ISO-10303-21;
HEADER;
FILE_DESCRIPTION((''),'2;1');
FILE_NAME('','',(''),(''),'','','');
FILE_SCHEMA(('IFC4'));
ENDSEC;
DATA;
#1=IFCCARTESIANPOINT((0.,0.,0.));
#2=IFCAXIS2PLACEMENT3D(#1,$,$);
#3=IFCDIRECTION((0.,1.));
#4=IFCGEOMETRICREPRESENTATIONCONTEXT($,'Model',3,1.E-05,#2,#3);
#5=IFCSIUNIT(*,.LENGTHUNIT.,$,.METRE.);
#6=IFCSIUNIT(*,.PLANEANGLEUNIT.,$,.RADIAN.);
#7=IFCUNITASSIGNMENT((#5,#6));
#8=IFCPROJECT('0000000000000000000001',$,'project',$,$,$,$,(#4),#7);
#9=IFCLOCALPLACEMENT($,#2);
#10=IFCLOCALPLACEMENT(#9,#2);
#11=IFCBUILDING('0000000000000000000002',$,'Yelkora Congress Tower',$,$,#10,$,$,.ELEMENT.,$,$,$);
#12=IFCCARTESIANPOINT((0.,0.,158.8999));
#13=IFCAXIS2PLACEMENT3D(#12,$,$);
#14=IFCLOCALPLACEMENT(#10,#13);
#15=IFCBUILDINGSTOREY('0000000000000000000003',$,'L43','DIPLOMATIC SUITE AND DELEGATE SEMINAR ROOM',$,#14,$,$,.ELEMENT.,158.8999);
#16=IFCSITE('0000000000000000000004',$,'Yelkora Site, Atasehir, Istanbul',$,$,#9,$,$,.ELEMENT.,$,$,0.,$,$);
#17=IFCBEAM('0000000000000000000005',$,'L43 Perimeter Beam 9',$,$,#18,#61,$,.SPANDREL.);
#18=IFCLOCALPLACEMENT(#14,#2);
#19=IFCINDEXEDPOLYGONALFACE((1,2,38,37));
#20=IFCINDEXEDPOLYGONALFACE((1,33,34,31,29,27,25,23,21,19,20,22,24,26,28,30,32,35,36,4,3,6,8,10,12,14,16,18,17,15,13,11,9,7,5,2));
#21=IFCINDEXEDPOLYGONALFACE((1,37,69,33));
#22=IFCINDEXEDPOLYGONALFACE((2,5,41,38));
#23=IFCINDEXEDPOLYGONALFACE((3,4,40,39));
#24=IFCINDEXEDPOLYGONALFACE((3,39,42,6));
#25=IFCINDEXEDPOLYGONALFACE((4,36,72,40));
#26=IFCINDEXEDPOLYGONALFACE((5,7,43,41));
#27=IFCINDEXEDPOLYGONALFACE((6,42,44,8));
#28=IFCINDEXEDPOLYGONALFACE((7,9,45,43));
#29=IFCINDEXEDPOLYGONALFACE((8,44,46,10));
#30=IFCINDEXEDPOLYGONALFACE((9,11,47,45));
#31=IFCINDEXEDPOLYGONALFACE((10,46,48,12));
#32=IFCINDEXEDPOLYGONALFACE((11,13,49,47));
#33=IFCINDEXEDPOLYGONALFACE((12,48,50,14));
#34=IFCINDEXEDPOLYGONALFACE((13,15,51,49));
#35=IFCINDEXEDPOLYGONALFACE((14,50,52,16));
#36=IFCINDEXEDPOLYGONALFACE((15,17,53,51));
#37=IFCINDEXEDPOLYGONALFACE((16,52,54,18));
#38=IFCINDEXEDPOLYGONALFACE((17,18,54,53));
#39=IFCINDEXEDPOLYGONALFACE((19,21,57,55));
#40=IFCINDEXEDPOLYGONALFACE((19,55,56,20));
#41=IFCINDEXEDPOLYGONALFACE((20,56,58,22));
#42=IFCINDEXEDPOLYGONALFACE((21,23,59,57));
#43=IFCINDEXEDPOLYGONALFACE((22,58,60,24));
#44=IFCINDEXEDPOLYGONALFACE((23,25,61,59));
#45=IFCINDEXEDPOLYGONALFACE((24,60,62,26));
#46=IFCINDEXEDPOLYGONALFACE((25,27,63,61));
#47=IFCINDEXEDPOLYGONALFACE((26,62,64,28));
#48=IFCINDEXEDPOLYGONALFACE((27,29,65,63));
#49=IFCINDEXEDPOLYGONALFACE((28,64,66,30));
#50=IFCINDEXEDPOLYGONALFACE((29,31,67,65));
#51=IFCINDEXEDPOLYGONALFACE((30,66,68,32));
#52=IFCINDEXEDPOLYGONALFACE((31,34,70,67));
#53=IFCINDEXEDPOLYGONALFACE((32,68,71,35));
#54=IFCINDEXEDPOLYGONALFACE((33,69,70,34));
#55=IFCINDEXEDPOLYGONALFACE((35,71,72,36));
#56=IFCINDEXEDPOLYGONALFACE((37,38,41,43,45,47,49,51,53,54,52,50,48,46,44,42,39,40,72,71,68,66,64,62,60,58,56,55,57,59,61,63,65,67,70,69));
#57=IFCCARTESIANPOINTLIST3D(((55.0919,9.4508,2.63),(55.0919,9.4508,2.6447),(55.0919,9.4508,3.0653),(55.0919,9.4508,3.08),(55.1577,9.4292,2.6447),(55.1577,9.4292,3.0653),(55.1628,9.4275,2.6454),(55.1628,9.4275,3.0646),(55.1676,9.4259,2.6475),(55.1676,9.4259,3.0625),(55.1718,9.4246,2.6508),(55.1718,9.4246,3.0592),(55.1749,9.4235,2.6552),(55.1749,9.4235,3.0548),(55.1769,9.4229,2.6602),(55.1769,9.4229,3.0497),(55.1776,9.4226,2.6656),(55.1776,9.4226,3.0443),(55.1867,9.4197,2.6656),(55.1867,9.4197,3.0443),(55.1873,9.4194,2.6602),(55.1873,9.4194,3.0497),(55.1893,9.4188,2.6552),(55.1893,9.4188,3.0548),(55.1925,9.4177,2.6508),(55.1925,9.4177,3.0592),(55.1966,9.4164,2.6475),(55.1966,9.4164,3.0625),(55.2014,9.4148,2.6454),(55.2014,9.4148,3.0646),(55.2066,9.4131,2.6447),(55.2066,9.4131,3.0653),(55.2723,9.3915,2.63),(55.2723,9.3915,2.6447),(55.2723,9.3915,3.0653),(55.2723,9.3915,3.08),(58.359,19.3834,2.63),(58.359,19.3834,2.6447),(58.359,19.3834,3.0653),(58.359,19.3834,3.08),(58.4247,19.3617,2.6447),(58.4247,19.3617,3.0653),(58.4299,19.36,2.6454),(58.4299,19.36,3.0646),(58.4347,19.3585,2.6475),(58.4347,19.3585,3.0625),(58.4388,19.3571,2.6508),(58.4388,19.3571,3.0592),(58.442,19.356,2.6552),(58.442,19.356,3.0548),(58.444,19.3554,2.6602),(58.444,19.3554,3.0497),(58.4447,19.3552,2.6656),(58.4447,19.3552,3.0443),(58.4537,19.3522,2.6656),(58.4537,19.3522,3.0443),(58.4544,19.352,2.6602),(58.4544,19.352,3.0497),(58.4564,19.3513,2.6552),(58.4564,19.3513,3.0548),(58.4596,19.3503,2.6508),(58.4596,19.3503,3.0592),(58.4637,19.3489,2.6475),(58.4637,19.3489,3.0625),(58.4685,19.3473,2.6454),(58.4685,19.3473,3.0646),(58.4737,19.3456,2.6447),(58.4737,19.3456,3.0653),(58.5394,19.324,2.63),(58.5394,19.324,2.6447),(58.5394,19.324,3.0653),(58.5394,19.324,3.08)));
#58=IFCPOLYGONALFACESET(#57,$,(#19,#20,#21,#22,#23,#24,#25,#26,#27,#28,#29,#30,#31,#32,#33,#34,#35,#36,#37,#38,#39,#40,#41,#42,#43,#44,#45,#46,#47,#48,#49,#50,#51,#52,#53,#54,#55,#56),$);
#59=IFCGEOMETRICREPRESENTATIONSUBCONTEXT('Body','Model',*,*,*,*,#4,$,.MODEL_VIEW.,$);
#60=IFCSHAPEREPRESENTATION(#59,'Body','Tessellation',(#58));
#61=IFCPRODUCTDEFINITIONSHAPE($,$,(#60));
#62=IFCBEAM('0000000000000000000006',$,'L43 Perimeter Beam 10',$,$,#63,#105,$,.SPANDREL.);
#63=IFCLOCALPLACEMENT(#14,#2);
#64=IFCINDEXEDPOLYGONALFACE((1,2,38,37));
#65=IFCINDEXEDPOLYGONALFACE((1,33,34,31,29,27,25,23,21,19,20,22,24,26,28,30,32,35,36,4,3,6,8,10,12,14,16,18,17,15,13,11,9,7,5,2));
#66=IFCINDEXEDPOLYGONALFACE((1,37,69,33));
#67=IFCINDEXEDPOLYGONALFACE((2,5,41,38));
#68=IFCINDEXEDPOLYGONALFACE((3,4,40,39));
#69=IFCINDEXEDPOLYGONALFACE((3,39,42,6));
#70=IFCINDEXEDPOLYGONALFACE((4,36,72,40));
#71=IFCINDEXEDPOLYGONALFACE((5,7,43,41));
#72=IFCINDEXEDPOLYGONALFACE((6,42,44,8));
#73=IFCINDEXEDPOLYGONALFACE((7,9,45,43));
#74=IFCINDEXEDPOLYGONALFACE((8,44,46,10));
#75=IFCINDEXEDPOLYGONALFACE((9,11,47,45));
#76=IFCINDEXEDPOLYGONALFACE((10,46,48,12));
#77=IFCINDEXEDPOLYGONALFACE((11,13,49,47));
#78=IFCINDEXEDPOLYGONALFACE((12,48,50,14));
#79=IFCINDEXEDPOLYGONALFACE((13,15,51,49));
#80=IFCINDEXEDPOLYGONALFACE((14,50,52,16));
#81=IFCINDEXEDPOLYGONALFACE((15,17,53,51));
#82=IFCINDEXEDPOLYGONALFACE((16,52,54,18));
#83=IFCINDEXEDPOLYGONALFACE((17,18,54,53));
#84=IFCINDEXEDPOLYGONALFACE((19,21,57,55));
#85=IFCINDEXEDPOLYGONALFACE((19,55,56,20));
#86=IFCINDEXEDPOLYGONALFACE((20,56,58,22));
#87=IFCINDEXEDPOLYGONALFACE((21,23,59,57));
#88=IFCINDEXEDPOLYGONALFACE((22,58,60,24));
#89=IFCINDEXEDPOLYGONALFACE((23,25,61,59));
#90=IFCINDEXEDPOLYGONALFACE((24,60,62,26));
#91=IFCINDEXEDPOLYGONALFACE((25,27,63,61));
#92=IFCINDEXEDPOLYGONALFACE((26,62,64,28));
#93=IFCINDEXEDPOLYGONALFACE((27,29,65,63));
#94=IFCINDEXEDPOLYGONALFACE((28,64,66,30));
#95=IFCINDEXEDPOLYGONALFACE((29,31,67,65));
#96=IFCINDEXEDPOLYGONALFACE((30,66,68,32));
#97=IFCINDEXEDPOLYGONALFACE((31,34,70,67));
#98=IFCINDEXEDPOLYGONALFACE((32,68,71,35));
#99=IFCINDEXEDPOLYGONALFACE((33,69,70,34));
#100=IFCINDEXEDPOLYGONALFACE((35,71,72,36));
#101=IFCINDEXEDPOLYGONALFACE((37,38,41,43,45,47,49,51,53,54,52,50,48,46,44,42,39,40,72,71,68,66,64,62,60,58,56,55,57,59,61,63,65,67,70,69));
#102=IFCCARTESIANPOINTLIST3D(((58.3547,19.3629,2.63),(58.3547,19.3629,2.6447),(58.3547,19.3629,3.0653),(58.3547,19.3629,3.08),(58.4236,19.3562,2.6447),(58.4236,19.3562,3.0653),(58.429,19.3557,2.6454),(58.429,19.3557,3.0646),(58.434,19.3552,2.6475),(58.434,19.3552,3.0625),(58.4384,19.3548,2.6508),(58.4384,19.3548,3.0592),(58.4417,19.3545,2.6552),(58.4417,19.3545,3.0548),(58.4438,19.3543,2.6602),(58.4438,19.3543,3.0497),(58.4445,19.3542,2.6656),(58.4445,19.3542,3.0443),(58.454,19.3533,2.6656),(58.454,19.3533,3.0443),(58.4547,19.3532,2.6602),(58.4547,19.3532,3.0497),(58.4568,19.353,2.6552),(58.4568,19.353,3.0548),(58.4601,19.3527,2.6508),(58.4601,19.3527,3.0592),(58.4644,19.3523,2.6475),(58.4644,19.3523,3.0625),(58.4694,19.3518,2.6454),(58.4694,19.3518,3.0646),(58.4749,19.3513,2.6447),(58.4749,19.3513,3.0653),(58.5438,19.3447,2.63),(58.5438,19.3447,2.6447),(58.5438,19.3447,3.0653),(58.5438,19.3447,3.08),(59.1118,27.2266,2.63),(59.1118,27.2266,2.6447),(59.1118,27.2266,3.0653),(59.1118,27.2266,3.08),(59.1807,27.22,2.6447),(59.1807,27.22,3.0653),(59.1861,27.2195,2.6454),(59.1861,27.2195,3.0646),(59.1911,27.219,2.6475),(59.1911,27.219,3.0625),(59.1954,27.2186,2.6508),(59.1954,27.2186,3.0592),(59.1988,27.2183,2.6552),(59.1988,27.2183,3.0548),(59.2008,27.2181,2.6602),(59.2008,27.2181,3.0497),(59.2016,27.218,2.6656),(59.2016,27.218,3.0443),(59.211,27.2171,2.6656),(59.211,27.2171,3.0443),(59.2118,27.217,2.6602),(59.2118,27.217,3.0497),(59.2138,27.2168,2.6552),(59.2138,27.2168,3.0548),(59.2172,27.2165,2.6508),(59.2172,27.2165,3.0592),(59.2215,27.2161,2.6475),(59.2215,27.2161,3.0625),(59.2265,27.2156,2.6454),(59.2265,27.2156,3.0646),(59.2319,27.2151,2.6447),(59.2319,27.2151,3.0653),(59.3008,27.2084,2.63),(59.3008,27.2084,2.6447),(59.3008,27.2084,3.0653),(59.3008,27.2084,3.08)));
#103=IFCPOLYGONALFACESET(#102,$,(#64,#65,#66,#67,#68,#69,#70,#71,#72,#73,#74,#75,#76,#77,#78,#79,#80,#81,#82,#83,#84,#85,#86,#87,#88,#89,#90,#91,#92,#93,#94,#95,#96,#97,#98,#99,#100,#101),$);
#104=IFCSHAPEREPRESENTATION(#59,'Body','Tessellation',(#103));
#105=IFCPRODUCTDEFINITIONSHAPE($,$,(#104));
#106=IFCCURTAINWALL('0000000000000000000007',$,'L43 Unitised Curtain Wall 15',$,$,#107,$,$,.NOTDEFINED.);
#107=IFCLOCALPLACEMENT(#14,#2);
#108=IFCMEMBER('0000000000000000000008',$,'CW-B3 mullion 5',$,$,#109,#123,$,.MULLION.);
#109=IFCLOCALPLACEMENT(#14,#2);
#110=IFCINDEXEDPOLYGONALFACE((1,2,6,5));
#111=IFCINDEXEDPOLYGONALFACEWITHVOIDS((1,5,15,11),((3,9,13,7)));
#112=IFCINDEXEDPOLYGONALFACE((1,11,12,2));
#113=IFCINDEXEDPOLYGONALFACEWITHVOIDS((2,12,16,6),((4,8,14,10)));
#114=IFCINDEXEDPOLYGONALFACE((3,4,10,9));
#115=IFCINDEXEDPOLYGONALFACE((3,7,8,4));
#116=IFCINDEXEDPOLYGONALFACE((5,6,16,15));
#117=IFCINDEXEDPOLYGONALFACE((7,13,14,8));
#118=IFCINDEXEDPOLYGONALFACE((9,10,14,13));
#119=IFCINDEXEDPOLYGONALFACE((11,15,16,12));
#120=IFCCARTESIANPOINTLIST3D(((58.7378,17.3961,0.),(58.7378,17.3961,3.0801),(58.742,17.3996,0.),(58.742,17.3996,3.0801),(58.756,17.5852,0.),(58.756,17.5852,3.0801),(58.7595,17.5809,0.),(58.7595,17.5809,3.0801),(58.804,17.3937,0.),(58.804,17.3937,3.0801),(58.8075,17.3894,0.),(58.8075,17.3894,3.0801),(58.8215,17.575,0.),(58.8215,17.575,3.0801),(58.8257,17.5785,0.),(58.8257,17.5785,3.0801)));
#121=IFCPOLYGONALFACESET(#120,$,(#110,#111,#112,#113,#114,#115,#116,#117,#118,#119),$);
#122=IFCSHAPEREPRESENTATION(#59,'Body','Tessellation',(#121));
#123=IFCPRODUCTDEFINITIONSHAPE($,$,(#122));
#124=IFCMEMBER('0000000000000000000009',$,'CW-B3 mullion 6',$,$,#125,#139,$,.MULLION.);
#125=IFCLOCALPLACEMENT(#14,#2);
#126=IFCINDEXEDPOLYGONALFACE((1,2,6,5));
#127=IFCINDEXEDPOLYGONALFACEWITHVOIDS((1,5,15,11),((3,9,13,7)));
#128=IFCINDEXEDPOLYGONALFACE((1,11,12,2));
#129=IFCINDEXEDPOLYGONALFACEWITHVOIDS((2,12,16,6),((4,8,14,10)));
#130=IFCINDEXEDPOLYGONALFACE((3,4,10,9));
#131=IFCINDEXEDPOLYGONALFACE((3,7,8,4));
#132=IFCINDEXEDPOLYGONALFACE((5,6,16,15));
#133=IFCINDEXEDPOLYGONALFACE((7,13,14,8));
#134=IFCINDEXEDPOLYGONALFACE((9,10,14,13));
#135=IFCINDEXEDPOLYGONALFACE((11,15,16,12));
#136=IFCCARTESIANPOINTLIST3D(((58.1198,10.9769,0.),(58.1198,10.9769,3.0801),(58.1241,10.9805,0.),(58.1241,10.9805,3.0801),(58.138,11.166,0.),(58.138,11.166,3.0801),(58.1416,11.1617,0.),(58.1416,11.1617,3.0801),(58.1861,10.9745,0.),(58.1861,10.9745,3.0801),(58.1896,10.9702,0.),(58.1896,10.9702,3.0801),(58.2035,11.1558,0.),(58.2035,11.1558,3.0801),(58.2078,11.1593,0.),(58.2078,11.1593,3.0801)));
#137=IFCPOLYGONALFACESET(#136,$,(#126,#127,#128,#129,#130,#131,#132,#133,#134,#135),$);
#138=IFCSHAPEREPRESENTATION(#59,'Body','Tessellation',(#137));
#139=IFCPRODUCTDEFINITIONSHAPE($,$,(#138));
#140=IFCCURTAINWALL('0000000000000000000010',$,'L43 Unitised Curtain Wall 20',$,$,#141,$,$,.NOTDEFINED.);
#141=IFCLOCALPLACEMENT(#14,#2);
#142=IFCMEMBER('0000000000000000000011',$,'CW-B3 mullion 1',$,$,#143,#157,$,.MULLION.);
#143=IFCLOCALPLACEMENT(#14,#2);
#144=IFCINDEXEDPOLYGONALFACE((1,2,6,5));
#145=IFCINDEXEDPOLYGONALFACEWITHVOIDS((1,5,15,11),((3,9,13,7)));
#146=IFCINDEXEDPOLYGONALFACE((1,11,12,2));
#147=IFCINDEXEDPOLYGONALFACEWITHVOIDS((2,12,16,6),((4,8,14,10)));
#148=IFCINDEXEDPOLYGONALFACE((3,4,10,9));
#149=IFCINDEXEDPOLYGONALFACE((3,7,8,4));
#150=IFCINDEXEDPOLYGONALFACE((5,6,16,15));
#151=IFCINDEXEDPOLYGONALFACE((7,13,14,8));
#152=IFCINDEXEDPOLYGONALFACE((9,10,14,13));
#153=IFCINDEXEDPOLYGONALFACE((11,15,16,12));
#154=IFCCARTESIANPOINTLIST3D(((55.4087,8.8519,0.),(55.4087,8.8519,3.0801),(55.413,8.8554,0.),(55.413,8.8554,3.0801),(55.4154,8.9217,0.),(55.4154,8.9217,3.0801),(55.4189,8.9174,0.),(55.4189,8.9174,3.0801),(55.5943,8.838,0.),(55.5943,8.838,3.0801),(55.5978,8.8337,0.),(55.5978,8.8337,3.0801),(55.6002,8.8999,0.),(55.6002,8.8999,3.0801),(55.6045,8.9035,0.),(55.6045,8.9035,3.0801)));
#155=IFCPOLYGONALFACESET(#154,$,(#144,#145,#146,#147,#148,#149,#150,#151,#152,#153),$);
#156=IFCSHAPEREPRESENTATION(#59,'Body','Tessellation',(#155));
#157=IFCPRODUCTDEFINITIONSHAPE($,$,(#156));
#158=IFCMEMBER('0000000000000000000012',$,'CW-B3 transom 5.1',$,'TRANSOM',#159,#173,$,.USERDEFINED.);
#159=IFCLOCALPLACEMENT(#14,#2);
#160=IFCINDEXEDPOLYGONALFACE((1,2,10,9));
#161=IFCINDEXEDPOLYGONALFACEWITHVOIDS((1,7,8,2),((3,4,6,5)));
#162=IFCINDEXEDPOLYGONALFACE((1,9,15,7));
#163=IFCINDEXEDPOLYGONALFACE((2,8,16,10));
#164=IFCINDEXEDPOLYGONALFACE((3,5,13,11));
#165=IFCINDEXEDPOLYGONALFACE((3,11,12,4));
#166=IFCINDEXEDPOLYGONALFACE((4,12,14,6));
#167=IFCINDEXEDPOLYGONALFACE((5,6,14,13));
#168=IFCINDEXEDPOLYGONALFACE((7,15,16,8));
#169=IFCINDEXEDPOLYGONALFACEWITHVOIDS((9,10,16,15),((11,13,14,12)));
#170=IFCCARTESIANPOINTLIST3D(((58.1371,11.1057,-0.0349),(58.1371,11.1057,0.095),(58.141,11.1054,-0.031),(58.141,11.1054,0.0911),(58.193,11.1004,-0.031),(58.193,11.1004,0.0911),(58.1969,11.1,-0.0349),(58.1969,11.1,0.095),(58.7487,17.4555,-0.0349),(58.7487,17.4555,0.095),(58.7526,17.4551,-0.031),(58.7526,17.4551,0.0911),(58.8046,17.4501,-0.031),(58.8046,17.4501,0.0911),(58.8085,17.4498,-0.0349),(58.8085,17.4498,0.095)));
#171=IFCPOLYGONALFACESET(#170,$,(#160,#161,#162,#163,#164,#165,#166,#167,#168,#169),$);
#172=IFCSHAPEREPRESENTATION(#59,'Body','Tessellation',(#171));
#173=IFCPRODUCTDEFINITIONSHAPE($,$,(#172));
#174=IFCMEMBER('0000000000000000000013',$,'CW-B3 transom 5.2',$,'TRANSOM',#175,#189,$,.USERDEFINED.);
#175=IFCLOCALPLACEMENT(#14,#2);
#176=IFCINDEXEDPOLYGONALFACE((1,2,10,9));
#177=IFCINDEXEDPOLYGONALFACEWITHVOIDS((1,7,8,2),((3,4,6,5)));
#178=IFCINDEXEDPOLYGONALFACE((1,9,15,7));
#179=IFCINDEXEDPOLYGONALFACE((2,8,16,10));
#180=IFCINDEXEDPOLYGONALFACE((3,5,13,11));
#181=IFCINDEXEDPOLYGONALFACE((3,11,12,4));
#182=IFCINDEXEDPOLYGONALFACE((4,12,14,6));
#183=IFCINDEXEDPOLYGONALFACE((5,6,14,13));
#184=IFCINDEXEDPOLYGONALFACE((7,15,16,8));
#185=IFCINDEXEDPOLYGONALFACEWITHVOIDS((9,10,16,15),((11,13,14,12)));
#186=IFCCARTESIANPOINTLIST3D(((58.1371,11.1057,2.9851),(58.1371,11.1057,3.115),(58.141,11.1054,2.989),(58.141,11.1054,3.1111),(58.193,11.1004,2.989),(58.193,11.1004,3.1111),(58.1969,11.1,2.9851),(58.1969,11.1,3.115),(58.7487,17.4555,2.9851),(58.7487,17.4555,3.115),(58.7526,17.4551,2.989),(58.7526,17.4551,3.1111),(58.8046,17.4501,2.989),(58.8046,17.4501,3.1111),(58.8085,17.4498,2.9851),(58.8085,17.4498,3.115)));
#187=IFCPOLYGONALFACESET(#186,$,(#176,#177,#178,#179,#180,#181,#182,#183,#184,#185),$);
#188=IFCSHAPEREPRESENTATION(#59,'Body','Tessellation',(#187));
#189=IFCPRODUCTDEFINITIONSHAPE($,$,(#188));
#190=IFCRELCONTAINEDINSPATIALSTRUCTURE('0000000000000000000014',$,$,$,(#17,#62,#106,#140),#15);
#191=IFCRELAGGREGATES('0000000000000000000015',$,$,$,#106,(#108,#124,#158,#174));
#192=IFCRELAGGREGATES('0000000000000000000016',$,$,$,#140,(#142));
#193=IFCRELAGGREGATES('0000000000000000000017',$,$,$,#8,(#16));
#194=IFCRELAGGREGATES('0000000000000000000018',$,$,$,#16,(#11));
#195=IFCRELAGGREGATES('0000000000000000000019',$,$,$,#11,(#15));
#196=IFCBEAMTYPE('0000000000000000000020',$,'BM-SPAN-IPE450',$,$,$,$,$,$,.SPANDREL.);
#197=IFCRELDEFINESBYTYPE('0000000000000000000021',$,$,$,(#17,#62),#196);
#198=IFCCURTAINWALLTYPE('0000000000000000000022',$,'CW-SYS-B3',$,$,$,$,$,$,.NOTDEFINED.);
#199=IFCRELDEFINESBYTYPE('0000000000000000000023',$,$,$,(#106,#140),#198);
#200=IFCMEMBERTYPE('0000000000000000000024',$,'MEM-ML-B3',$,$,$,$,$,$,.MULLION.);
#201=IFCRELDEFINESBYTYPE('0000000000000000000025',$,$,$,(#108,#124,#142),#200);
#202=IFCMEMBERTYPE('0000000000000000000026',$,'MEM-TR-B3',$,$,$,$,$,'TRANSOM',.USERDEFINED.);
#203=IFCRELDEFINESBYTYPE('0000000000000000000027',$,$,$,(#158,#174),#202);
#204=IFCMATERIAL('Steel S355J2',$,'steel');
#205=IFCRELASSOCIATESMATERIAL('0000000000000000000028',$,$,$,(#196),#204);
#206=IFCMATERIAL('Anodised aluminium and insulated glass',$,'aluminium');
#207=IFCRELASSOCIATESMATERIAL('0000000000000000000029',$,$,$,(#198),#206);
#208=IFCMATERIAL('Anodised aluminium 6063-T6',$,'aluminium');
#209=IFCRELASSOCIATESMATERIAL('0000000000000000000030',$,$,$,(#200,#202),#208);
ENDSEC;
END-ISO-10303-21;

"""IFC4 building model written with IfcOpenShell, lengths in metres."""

from ifc_helpers import new_model, si_unit, direction, frame, origin, origin_2d, place, context, subcontext, project, spatial, hollow_rectangle, i_section, extrude, material, material_profile, profile_set, type_object, element, aggregate, save


model = new_model("IFC4")

# Units and contexts
model_context = context("Model", 3, precision=1e-05, world=origin(), true_north=direction((0.0, 1.0)))
body_context = subcontext(model_context, "Body", "Model", "MODEL_VIEW")
ifc_project = project(units=[si_unit("LENGTHUNIT", "METRE"), si_unit("PLANEANGLEUNIT", "RADIAN")], contexts=[model_context])

# Site, building, storey
site_placement = place(None, origin())
site = spatial("IfcSite", under=ifc_project, at=site_placement, Name="Yelkora Site, Atasehir, Istanbul", CompositionType="ELEMENT", RefElevation=0.0)
building_placement = place(site_placement, origin())
building = spatial("IfcBuilding", under=site, at=building_placement, Name="Yelkora Congress Tower", CompositionType="ELEMENT")
storey_placement = place(building_placement, frame((0.0, 0.0, 158.8999)))
storey = spatial("IfcBuildingStorey", under=building, at=storey_placement, Name="L43", Description="DIPLOMATIC SUITE AND DELEGATE SEMINAR ROOM", CompositionType="ELEMENT", Elevation=158.8999)

# Beams
ifc_material_1 = material(Name="Steel S355J2", Category="steel")
ifc_material_profile_1 = material_profile(ifc_material_1, i_section(OverallWidth=0.1899, OverallDepth=0.45, WebThickness=0.0095, FlangeThickness=0.0146, FilletRadius=0.021, at=origin_2d()), Name="IPE 450")
ifc_profile_set_1 = profile_set([ifc_material_profile_1], Name="Steel S355J2")
beam_type_1 = type_object("IfcBeamType", Name="BM-SPAN-IPE450", PredefinedType="SPANDREL", material=ifc_profile_set_1)
beam_1_placement = place(storey_placement, frame((55.1821, 9.4211, 2.855), z_axis=(0.312457, 0.949932, 0.0), x_axis=(-0.949932, 0.312457, 0.0)))
element("IfcBeam", 1, at=beam_1_placement, inside=storey, type_object=beam_type_1, Name="L43 Perimeter Beam 9", PredefinedType="SPANDREL", context=body_context, shape_type="SweptSolid", body=[
    extrude(i_section(OverallWidth=0.1899, OverallDepth=0.45, WebThickness=0.0095, FlangeThickness=0.0146, FilletRadius=0.021, at=origin_2d()), origin(), (0.0, 0.0, 1.0), 10.4561),
])
beam_2_placement = place(storey_placement, frame((58.4492, 19.3538, 2.855), z_axis=(0.095831, 0.995398, 0.0), x_axis=(-0.995398, 0.095831, 0.0)))
element("IfcBeam", 2, at=beam_2_placement, inside=storey, type_object=beam_type_1, Name="L43 Perimeter Beam 10", PredefinedType="SPANDREL", context=body_context, shape_type="SweptSolid", body=[
    extrude(i_section(OverallWidth=0.1899, OverallDepth=0.45, WebThickness=0.0095, FlangeThickness=0.0146, FilletRadius=0.021, at=origin_2d()), origin(), (0.0, 0.0, 1.0), 7.9001),
])

# Curtain wall, members
ifc_material_2 = material(Name="Anodised aluminium and insulated glass", Category="aluminium")
curtain_wall_type = type_object("IfcCurtainWallType", Name="CW-SYS-B3", PredefinedType="NOTDEFINED", material=ifc_material_2)
curtain_wall_1_placement = place(storey_placement, origin())
curtain_wall_1 = element("IfcCurtainWall", 3, at=curtain_wall_1_placement, inside=storey, type_object=curtain_wall_type, Name="L43 Unitised Curtain Wall 15", PredefinedType="NOTDEFINED")
ifc_material_3 = material(Name="Anodised aluminium 6063-T6", Category="aluminium")
ifc_material_profile_2 = material_profile(ifc_material_3, hollow_rectangle(XDim=0.0701, YDim=0.1899, WallThickness=0.0039, at=origin_2d()), Name="ALU 70x190x4")
ifc_profile_set_2 = profile_set([ifc_material_profile_2], Name="Anodised aluminium 6063-T6")
member_type_1 = type_object("IfcMemberType", Name="MEM-ML-B3", PredefinedType="MULLION", material=ifc_profile_set_2)
member_1_placement = place(storey_placement, frame((58.7817, 17.4873, 0.0), z_axis=(0.0, 0.0, 1.0), x_axis=(0.995397, -0.095842, 0.0)))
member_1 = element("IfcMember", 4, at=member_1_placement, type_object=member_type_1, Name="CW-B3 mullion 5", PredefinedType="MULLION", context=body_context, shape_type="SweptSolid", body=[
    extrude(hollow_rectangle(XDim=0.0701, YDim=0.1899, WallThickness=0.0039, at=origin_2d()), origin(), (0.0, 0.0, 1.0), 3.0801),
])
member_2_placement = place(storey_placement, frame((58.1638, 11.0681, 0.0), z_axis=(0.0, 0.0, 1.0), x_axis=(0.995397, -0.095842, 0.0)))
member_2 = element("IfcMember", 5, at=member_2_placement, type_object=member_type_1, Name="CW-B3 mullion 6", PredefinedType="MULLION", context=body_context, shape_type="SweptSolid", body=[
    extrude(hollow_rectangle(XDim=0.0701, YDim=0.1899, WallThickness=0.0039, at=origin_2d()), origin(), (0.0, 0.0, 1.0), 3.0801),
])

# Curtain wall, member
curtain_wall_2_placement = place(storey_placement, origin())
curtain_wall_2 = element("IfcCurtainWall", 6, at=curtain_wall_2_placement, inside=storey, type_object=curtain_wall_type, Name="L43 Unitised Curtain Wall 20", PredefinedType="NOTDEFINED")
member_3_placement = place(storey_placement, frame((55.5066, 8.8777, 0.0), z_axis=(0.0, 0.0, 1.0), x_axis=(-0.095845, -0.995396, 0.0)))
member_3 = element("IfcMember", 7, at=member_3_placement, type_object=member_type_1, Name="CW-B3 mullion 1", PredefinedType="MULLION", context=body_context, shape_type="SweptSolid", body=[
    extrude(hollow_rectangle(XDim=0.0701, YDim=0.1899, WallThickness=0.0039, at=origin_2d()), origin(), (0.0, 0.0, 1.0), 3.0801),
])

# Members
ifc_material_profile_3 = material_profile(ifc_material_3, hollow_rectangle(XDim=0.0601, YDim=0.1299, WallThickness=0.0039, at=origin_2d()), Name="ALU 60x130x4")
ifc_profile_set_3 = profile_set([ifc_material_profile_3], Name="Anodised aluminium 6063-T6")
member_type_2 = type_object("IfcMemberType", Name="MEM-TR-B3", ElementType="TRANSOM", PredefinedType="USERDEFINED", material=ifc_profile_set_3)
member_4_placement = place(storey_placement, frame((58.7786, 17.4526, 0.03), z_axis=(-0.095869, -0.995394, 0.0), x_axis=(0.995394, -0.095869, 0.0)))
member_4 = element("IfcMember", 8, at=member_4_placement, type_object=member_type_2, Name="CW-B3 transom 5.1", ObjectType="TRANSOM", PredefinedType="USERDEFINED", context=body_context, shape_type="SweptSolid", body=[
    extrude(hollow_rectangle(XDim=0.0601, YDim=0.1299, WallThickness=0.0039, at=origin_2d()), origin(), (0.0, 0.0, 1.0), 6.3792),
])
member_5_placement = place(storey_placement, frame((58.7786, 17.4526, 3.05), z_axis=(-0.095869, -0.995394, 0.0), x_axis=(0.995394, -0.095869, 0.0)))
member_5 = element("IfcMember", 9, at=member_5_placement, type_object=member_type_2, Name="CW-B3 transom 5.2", ObjectType="TRANSOM", PredefinedType="USERDEFINED", context=body_context, shape_type="SweptSolid", body=[
    extrude(hollow_rectangle(XDim=0.0601, YDim=0.1299, WallThickness=0.0039, at=origin_2d()), origin(), (0.0, 0.0, 1.0), 6.3792),
])

aggregate(curtain_wall_1, [member_1, member_2, member_4, member_5])
aggregate(curtain_wall_2, [member_3])

save(model, "model.ifc")
